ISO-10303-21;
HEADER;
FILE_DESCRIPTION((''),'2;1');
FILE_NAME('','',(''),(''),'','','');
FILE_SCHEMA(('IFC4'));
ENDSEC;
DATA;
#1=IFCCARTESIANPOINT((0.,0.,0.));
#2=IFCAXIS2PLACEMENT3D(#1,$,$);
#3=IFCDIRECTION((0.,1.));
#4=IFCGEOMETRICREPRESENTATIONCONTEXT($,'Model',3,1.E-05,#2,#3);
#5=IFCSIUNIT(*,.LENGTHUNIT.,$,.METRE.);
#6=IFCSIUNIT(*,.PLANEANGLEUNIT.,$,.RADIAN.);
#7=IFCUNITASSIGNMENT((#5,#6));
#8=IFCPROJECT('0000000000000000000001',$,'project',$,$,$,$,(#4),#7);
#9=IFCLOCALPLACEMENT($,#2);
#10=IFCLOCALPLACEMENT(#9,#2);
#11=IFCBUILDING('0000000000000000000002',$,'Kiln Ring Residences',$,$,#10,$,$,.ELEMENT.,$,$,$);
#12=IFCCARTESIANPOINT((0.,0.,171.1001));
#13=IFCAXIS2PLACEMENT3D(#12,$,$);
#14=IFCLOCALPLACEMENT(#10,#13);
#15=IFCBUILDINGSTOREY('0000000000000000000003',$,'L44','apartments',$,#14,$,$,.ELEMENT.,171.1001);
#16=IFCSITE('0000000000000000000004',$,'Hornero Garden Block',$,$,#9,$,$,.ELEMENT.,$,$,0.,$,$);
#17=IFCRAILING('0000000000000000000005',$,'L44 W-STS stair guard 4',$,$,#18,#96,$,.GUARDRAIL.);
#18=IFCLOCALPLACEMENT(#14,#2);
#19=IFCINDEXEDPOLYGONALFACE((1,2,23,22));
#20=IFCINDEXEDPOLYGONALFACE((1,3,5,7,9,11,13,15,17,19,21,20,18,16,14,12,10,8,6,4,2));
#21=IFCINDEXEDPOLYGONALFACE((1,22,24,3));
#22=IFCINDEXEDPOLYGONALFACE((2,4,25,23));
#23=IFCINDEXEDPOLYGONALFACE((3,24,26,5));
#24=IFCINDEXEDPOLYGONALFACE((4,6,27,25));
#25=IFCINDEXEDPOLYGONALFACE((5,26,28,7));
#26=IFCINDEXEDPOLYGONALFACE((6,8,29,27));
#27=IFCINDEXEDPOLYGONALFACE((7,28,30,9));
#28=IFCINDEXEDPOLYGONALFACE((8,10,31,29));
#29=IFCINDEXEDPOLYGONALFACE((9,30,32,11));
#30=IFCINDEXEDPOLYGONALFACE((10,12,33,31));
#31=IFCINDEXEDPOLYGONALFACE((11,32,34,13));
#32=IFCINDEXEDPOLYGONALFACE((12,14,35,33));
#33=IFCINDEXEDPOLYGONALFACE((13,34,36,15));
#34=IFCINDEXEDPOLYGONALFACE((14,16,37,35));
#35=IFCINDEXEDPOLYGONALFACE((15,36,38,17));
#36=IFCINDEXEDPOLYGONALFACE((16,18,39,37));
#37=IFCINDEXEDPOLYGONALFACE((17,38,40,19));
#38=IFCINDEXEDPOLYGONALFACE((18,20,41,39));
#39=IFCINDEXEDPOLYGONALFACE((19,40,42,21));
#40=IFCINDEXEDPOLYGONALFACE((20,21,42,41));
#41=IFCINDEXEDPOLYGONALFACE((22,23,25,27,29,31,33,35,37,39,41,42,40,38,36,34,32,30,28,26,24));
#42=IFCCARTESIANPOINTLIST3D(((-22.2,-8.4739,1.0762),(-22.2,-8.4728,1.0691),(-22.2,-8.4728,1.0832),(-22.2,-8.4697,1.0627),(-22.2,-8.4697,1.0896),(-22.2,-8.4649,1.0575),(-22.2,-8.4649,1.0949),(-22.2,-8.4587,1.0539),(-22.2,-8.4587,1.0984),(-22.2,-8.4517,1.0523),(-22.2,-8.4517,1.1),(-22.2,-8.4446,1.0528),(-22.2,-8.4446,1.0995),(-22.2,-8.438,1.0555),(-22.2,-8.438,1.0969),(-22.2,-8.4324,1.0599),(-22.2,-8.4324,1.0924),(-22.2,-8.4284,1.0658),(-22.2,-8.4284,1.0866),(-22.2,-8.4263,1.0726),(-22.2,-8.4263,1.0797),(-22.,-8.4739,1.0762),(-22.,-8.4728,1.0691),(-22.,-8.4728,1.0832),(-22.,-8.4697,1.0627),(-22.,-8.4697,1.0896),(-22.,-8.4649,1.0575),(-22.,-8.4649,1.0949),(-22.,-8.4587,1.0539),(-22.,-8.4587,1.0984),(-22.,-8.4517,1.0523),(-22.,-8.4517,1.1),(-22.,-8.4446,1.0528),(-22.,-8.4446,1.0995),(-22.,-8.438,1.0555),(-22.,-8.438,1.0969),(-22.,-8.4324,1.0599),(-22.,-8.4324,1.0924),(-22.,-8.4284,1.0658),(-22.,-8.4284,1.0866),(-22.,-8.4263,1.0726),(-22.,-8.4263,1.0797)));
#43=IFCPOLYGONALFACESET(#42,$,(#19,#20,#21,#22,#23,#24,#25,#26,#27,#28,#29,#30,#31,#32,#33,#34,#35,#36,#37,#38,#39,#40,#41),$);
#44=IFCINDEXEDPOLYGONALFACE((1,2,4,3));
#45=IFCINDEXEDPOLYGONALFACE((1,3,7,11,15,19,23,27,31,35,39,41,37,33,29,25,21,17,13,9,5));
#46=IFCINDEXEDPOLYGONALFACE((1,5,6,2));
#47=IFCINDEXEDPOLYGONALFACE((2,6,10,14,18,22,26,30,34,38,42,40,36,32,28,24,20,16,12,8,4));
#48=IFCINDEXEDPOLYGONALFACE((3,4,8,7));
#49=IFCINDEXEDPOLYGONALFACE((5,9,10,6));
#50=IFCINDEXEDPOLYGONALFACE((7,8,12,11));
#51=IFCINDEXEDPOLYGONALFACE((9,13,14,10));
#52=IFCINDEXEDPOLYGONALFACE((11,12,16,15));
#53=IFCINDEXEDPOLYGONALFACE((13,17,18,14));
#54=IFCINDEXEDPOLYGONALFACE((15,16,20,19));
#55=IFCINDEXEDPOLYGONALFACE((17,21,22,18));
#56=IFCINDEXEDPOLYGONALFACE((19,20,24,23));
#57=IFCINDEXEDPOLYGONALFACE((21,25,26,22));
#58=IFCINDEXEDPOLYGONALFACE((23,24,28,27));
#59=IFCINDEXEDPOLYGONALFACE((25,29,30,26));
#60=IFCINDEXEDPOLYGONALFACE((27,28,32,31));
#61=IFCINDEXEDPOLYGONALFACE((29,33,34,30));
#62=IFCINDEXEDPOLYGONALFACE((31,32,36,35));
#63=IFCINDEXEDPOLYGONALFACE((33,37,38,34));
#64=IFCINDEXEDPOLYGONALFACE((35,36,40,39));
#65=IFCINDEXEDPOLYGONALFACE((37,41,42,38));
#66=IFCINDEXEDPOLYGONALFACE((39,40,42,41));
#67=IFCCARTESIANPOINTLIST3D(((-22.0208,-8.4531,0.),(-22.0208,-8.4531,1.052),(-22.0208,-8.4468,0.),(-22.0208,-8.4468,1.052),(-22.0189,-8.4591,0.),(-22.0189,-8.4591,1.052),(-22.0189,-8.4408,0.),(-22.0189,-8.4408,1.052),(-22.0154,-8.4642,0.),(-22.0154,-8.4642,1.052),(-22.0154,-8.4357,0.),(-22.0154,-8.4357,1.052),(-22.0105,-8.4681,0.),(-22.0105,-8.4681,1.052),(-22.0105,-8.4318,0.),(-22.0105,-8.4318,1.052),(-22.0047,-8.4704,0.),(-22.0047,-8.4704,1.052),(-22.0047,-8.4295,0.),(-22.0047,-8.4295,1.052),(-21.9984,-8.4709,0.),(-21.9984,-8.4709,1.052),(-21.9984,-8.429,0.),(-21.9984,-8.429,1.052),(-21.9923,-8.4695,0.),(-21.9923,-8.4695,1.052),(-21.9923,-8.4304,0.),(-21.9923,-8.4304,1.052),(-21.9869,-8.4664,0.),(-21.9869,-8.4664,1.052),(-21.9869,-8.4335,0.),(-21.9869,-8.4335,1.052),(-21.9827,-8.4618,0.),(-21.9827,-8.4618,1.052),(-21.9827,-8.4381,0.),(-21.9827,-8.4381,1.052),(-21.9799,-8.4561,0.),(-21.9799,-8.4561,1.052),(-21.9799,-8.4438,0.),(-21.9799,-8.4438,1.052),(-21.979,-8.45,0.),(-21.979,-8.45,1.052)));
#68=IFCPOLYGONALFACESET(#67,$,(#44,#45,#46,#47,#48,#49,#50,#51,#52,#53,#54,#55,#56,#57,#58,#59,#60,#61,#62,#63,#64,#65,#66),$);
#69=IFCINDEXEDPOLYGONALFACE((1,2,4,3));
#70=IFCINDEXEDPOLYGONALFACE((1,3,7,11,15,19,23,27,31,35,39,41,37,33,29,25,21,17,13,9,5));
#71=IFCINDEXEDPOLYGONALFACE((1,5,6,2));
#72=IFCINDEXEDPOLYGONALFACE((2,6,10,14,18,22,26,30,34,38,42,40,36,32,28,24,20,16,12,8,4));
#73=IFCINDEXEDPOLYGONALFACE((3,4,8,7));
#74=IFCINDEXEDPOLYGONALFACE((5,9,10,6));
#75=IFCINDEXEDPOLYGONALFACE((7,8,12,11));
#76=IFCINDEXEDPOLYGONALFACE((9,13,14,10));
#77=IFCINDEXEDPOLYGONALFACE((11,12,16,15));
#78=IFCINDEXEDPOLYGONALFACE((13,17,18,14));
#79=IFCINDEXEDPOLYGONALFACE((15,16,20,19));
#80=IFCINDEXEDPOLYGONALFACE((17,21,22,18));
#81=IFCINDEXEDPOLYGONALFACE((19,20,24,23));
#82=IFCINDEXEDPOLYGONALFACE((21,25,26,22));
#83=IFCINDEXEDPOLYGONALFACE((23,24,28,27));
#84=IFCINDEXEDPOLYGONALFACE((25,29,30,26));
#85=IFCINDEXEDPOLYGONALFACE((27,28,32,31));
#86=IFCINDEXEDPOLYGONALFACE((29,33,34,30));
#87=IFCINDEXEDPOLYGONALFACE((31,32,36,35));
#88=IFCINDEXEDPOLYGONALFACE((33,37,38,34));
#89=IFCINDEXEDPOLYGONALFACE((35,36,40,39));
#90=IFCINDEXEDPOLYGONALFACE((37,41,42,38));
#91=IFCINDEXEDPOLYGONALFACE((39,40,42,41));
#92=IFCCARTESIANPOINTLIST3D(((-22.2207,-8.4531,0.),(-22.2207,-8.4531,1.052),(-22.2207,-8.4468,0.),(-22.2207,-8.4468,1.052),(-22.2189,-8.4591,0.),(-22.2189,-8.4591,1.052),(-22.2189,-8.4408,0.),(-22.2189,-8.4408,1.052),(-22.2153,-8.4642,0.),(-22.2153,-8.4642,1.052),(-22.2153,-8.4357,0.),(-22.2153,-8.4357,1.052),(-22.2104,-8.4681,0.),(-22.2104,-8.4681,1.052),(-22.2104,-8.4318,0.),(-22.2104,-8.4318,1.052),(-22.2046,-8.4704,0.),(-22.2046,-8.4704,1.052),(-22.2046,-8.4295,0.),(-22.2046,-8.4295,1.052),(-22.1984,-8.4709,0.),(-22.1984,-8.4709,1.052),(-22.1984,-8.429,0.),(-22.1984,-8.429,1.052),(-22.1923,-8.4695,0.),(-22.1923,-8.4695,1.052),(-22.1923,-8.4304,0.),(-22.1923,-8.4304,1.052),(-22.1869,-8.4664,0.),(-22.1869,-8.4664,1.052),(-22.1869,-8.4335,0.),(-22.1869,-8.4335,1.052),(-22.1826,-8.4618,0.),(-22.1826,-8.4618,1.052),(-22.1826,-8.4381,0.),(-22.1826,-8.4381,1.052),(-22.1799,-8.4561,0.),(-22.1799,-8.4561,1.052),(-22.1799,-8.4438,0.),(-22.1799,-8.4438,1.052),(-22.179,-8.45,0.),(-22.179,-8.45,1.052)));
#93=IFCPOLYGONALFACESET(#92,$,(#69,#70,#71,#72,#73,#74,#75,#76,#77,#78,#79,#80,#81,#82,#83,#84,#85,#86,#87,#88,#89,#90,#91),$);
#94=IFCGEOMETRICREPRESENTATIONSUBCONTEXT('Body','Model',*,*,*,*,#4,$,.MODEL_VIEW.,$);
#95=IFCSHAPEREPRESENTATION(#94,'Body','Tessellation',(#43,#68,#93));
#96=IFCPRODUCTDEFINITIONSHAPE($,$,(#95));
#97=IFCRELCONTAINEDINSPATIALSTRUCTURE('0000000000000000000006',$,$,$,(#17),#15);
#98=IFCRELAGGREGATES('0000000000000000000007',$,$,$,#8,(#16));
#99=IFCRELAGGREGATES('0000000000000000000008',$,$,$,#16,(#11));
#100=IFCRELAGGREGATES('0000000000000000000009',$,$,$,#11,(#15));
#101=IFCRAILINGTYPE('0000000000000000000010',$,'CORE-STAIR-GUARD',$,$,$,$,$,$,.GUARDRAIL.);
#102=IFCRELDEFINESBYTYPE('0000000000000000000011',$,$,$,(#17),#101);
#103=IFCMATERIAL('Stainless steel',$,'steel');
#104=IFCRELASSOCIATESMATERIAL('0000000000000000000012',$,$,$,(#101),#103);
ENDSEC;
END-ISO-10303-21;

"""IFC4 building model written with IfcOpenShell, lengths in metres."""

from ifc_helpers import new_model, si_unit, direction, frame, origin, origin_2d, place, context, subcontext, project, spatial, circle, extrude, material, type_object, element, save


model = new_model("IFC4")

# Units and contexts
model_context = context("Model", 3, precision=1e-05, world=origin(), true_north=direction((0.0, 1.0)))
body_context = subcontext(model_context, "Body", "Model", "MODEL_VIEW")
ifc_project = project(units=[si_unit("LENGTHUNIT", "METRE"), si_unit("PLANEANGLEUNIT", "RADIAN")], contexts=[model_context])

# Site, building, storey
site_placement = place(None, origin())
site = spatial("IfcSite", under=ifc_project, at=site_placement, Name="Hornero Garden Block", CompositionType="ELEMENT", RefElevation=0.0)
building_placement = place(site_placement, origin())
building = spatial("IfcBuilding", under=site, at=building_placement, Name="Kiln Ring Residences", CompositionType="ELEMENT")
storey_placement = place(building_placement, frame((0.0, 0.0, 171.1001)))
storey = spatial("IfcBuildingStorey", under=building, at=storey_placement, Name="L44", Description="apartments", CompositionType="ELEMENT", Elevation=171.1001)

# Railing
ifc_material_1 = material(Name="Stainless steel", Category="steel")
railing_type_1 = type_object("IfcRailingType", Name="CORE-STAIR-GUARD", PredefinedType="GUARDRAIL", material=ifc_material_1)
railing_1_placement = place(storey_placement, frame((-22.0, -8.45, 0.0)))
element("IfcRailing", 1, at=railing_1_placement, inside=storey, type_object=railing_type_1, Name="L44 W-STS stair guard 4", PredefinedType="GUARDRAIL", context=body_context, shape_type="SweptSolid", body=[
    extrude(circle(Radius=0.0239, at=origin_2d()), frame((0.0, 0.0, 1.0762), z_axis=(-1.0, 0.0, 0.0), x_axis=(0.0, -1.0, 0.0)), (0.0, 0.0, 1.0), 0.2),
    extrude(circle(Radius=0.021, at=origin_2d()), origin(), (0.0, 0.0, 1.0), 1.052),
    extrude(circle(Radius=0.021, at=origin_2d()), frame((-0.2, 0.0, 0.0)), (0.0, 0.0, 1.0), 1.052),
])

save(model, "model.ifc")
